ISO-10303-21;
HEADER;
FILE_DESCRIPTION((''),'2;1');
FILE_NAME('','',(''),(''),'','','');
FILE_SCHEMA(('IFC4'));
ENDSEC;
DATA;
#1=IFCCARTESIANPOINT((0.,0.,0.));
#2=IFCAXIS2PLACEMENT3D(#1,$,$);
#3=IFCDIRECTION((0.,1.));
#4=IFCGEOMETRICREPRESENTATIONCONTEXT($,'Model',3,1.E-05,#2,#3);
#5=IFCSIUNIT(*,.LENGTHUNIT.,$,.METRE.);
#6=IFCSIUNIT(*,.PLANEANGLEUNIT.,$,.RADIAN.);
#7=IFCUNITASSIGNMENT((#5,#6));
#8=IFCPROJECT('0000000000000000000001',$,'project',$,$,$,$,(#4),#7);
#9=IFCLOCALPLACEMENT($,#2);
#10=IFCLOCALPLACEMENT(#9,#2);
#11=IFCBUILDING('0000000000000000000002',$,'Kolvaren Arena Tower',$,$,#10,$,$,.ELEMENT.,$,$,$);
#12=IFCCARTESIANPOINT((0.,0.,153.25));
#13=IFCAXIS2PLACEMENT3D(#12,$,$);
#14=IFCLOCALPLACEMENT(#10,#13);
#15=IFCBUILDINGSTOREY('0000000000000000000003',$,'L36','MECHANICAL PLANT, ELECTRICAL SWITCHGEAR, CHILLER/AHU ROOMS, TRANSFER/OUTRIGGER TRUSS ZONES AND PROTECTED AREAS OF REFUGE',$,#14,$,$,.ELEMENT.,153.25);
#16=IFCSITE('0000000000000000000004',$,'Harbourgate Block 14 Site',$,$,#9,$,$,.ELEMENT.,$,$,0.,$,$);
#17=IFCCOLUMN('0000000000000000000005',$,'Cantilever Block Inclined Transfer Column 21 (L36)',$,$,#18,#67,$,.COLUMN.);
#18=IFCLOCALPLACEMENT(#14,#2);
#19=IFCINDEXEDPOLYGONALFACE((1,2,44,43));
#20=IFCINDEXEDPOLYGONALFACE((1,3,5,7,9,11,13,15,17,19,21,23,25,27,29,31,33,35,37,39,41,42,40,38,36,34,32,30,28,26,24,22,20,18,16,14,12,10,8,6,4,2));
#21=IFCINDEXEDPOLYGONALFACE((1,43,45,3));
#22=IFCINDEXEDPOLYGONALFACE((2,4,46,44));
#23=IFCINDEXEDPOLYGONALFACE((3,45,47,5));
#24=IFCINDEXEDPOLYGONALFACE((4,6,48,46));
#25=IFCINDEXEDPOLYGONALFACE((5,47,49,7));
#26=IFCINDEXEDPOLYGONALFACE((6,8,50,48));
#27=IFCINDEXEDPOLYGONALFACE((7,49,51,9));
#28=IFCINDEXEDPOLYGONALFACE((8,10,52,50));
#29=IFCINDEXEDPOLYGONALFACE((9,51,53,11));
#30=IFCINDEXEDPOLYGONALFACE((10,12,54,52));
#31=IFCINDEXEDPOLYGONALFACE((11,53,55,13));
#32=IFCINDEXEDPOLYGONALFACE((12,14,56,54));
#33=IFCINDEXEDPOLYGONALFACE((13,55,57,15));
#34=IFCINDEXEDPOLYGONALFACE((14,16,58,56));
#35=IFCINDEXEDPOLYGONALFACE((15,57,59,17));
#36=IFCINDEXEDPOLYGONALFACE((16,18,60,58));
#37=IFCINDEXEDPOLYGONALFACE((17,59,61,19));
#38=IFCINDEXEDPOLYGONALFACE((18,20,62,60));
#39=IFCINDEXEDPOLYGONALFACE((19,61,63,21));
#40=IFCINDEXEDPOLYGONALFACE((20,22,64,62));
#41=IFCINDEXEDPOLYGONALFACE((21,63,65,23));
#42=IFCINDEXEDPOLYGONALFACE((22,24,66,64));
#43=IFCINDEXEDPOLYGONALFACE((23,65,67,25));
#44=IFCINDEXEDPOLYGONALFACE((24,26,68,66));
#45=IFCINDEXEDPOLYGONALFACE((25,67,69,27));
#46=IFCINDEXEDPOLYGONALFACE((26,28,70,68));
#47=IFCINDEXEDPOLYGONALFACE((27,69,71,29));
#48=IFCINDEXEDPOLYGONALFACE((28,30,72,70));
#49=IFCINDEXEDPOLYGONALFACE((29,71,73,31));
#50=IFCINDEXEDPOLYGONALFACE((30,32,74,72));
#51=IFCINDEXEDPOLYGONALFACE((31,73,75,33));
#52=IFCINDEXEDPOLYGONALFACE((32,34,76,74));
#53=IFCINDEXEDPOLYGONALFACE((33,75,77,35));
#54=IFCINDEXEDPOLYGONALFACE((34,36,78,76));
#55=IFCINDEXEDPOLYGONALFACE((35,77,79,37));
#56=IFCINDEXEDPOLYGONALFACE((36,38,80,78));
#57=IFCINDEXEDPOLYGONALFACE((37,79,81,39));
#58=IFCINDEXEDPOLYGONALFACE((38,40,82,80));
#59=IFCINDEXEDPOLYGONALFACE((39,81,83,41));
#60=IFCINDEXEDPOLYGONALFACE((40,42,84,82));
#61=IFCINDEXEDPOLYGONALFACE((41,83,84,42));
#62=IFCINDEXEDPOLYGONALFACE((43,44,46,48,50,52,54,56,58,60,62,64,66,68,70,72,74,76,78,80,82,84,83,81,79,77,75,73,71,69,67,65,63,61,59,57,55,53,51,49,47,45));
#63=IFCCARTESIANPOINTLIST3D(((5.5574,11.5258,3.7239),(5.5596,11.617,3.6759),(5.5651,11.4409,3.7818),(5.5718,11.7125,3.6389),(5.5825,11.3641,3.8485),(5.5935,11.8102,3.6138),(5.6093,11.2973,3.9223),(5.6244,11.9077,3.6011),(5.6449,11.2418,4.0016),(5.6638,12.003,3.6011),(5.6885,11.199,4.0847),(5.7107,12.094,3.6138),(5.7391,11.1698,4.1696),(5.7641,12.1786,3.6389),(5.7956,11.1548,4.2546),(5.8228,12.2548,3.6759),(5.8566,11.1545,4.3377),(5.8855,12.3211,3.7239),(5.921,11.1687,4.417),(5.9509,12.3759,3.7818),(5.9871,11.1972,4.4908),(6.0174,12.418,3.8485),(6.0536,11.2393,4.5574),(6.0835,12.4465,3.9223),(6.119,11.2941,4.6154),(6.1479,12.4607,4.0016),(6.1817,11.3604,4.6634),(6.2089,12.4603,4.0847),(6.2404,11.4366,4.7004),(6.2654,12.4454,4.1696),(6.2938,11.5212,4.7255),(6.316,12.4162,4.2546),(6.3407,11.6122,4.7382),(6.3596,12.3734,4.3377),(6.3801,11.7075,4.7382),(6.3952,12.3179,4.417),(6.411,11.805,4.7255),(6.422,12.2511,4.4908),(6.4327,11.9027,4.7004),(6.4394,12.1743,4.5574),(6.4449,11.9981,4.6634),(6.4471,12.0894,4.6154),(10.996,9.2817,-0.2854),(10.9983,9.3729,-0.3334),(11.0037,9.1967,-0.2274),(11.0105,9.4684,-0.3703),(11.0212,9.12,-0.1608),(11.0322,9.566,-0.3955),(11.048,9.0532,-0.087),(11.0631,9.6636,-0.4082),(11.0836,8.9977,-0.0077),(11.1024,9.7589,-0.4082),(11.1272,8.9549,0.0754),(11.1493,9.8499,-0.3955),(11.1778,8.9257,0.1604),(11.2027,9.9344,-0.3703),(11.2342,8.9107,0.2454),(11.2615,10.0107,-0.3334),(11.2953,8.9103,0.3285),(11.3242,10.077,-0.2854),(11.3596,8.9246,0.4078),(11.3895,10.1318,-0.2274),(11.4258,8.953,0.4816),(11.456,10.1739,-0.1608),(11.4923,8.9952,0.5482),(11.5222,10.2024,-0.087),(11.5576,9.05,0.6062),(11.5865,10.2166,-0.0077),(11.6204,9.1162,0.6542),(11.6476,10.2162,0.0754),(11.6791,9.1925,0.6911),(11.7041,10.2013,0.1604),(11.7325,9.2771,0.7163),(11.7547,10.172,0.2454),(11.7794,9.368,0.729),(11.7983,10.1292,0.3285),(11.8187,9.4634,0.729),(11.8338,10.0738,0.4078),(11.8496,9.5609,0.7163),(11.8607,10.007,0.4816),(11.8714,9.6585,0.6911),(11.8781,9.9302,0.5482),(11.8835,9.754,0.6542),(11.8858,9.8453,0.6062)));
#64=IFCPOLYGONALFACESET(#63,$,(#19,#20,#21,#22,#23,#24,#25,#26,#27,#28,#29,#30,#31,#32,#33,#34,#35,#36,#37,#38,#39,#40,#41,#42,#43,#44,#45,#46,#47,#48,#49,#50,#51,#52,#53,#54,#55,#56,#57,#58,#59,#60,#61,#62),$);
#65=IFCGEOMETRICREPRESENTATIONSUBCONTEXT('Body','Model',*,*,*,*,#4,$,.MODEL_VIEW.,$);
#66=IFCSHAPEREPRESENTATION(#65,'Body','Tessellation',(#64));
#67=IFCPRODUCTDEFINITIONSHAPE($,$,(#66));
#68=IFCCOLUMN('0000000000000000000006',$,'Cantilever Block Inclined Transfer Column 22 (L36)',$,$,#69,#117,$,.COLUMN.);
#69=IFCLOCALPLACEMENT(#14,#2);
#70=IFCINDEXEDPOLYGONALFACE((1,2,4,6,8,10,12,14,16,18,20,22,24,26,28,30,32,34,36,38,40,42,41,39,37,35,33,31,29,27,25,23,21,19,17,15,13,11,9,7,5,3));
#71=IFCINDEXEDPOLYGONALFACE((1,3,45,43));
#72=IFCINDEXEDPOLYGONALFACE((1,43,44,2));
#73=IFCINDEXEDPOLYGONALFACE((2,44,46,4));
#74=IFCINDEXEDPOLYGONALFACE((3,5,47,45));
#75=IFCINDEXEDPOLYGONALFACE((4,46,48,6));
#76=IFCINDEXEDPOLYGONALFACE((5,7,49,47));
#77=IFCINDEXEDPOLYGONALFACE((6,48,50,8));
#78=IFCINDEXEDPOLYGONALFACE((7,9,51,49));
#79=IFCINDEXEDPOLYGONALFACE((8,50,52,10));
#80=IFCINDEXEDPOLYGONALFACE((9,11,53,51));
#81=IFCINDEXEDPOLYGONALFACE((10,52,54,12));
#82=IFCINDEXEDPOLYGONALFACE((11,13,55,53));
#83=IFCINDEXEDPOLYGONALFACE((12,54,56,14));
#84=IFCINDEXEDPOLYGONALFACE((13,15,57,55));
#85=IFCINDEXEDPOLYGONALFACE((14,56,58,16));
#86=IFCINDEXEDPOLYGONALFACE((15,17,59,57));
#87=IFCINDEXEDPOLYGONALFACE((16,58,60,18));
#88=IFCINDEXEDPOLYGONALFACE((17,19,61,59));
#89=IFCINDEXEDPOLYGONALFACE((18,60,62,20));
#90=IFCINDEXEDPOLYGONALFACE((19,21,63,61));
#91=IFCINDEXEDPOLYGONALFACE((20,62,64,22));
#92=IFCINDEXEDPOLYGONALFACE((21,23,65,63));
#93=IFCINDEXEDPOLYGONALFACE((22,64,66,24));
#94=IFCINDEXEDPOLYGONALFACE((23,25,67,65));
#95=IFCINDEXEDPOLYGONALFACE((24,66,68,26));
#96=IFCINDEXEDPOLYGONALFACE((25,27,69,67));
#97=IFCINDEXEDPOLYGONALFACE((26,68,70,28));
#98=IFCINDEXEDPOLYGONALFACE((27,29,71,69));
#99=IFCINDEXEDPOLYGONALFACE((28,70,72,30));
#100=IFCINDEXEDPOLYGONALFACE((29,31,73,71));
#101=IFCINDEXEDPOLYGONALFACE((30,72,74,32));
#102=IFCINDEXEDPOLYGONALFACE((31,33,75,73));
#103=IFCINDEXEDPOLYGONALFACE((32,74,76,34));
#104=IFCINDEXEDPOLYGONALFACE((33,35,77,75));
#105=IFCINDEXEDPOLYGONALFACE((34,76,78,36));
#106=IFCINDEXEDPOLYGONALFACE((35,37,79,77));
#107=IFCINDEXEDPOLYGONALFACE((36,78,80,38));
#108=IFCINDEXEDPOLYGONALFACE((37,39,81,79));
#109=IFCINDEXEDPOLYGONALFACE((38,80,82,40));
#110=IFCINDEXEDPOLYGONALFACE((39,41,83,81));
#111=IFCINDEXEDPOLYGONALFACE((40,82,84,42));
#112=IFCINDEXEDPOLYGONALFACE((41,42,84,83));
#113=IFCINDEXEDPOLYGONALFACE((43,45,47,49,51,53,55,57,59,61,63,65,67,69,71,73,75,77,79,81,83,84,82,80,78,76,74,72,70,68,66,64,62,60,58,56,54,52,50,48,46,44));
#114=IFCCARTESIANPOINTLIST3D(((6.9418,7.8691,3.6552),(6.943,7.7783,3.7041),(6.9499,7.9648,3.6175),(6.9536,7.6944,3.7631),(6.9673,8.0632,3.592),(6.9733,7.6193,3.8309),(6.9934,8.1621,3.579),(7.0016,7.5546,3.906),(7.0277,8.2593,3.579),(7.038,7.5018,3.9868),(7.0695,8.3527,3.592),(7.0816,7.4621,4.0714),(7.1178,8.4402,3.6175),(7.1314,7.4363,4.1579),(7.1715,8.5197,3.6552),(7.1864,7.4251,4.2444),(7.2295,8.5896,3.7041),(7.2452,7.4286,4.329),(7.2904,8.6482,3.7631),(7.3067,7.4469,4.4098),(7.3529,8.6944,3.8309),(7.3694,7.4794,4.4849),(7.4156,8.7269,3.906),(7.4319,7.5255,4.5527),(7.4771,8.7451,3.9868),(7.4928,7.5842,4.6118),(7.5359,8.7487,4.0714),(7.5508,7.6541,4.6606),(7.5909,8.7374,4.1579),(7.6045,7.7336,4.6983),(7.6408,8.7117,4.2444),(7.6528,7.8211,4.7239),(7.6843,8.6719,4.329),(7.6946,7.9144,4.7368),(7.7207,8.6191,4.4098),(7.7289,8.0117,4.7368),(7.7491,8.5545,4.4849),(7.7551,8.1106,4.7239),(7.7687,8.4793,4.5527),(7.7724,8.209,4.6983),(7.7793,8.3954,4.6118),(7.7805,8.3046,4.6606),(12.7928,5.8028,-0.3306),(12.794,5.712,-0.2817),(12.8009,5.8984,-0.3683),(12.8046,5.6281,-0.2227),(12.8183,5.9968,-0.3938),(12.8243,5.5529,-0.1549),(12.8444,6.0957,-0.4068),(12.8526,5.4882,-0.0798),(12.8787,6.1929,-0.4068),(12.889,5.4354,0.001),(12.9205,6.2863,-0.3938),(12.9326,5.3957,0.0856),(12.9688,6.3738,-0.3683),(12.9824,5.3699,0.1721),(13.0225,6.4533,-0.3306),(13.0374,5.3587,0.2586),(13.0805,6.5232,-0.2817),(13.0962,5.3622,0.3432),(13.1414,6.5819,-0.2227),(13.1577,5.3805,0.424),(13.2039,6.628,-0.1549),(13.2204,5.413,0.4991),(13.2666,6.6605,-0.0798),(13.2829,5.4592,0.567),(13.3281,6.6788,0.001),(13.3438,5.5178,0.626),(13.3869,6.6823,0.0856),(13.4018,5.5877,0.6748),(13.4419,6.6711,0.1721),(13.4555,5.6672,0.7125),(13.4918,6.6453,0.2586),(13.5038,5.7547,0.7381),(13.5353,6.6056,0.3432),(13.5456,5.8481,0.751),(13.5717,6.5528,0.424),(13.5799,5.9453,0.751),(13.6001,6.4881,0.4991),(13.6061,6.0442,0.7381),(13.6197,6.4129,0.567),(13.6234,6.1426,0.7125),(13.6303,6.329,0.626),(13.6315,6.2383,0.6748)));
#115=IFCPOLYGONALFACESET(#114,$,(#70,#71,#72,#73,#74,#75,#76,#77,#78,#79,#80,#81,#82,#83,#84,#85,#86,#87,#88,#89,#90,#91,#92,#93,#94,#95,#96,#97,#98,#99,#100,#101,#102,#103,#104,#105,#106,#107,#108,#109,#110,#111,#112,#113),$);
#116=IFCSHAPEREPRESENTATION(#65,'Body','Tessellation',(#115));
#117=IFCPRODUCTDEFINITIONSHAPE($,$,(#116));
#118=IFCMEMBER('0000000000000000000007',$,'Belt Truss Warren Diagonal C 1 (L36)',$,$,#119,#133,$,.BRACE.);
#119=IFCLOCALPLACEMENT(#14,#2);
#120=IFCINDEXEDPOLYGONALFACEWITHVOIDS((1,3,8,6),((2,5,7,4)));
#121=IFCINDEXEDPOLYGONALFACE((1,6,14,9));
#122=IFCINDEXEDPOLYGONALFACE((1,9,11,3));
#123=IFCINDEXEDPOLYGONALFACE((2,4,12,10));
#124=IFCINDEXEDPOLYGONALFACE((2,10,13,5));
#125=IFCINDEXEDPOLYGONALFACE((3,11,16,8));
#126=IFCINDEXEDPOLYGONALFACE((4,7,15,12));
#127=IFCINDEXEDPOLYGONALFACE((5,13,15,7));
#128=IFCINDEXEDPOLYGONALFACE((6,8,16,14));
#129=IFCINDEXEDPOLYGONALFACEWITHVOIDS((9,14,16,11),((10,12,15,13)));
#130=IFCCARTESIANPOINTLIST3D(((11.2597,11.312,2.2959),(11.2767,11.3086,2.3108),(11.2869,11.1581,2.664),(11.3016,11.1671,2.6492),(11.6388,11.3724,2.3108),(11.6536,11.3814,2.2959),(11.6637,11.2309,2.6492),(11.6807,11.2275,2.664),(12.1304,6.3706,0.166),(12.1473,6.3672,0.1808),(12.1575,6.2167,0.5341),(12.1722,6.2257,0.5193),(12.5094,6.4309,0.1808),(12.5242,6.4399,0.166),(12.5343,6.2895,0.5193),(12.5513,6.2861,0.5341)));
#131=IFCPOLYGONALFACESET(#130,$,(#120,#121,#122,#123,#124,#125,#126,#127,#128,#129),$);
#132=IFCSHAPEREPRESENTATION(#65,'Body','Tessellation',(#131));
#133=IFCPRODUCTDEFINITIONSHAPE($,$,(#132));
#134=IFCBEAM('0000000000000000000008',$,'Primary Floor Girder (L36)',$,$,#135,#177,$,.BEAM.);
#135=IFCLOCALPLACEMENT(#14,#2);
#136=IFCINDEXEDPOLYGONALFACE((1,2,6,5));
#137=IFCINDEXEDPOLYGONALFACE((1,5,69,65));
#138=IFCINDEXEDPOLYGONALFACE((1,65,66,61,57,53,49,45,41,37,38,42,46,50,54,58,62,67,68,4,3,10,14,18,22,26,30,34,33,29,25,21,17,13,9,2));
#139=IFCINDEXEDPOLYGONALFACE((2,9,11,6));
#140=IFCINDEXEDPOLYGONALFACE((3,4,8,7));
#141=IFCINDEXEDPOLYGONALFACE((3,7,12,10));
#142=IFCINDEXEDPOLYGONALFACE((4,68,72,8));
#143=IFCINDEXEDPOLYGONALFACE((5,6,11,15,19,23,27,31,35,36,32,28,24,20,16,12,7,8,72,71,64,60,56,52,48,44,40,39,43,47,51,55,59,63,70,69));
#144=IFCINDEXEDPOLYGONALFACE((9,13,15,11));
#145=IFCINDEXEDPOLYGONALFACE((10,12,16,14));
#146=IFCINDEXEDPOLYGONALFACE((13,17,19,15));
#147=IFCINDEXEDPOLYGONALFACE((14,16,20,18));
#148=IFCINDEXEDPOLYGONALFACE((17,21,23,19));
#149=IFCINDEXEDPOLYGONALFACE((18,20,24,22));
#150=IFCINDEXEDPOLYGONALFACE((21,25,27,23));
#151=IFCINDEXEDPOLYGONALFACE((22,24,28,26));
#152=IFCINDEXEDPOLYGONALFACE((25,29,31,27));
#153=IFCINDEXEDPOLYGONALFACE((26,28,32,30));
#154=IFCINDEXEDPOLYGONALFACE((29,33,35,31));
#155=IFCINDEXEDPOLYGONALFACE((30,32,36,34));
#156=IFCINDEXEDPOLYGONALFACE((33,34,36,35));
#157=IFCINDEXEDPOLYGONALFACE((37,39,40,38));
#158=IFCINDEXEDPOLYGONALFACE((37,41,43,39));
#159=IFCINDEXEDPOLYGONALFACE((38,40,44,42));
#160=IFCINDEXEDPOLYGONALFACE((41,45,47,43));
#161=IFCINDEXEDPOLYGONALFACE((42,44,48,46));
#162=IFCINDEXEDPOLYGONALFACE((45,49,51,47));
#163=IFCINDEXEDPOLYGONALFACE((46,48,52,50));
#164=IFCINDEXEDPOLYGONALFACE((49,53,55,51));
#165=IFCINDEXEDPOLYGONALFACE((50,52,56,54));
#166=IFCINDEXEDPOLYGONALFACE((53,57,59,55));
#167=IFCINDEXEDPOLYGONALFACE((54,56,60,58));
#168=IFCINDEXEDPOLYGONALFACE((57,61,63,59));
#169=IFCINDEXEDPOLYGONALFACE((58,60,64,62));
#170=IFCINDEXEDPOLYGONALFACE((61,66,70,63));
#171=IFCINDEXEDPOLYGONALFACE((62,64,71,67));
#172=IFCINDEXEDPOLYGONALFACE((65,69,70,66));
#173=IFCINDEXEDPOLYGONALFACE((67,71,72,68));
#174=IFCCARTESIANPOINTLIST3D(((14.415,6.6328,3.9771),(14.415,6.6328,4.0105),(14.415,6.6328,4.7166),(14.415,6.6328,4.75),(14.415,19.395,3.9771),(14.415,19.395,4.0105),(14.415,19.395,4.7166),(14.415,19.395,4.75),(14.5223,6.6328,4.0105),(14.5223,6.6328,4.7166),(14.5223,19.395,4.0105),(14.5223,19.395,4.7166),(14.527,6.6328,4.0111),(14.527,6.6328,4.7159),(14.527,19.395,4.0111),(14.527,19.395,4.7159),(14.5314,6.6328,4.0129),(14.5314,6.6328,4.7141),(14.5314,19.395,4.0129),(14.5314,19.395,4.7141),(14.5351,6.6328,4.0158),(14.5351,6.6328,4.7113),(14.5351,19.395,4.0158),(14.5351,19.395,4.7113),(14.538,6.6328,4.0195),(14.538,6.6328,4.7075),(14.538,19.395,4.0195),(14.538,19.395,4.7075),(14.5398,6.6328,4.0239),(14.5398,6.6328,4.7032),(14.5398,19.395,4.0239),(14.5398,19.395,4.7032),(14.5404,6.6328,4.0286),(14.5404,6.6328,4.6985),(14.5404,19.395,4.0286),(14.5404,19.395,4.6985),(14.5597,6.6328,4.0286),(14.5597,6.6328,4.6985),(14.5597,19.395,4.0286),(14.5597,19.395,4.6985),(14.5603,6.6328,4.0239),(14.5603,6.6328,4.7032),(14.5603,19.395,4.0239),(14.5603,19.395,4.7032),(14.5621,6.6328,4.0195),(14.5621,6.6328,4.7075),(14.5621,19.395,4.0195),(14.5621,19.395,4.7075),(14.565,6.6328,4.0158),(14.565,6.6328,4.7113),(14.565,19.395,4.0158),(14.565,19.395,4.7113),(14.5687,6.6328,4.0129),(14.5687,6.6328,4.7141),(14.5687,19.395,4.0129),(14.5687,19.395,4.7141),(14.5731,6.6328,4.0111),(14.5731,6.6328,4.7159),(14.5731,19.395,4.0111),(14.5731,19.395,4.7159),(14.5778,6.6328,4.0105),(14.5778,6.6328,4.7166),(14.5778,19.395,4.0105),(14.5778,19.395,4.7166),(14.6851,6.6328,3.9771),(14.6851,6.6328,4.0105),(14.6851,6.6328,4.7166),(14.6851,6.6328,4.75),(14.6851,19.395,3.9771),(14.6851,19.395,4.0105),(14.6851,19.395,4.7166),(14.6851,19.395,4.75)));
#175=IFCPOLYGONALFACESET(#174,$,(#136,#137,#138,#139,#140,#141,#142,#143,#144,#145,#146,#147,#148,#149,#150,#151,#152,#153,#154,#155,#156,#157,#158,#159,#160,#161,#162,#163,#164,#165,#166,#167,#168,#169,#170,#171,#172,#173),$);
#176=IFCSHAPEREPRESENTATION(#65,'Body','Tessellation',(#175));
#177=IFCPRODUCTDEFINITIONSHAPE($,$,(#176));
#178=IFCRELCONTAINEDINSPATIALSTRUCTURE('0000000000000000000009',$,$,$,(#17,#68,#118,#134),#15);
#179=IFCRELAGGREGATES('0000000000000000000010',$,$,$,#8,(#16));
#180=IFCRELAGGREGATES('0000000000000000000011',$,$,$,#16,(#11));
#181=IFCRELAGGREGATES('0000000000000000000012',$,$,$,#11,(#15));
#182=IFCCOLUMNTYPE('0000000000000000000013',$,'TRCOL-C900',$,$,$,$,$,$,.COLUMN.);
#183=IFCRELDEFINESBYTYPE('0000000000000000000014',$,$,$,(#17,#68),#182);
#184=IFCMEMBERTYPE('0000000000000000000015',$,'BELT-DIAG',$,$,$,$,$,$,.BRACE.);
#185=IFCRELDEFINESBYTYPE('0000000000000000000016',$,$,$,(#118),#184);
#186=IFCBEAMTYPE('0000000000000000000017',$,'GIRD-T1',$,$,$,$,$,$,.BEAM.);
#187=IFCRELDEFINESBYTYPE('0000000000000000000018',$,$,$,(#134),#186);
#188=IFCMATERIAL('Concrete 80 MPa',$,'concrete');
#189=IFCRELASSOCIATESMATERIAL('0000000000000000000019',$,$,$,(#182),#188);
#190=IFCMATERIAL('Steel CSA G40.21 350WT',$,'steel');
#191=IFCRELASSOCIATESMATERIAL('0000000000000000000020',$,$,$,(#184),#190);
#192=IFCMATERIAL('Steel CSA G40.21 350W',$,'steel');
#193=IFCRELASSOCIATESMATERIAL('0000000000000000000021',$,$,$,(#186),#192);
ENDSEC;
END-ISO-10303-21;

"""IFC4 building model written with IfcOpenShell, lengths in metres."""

from ifc_helpers import new_model, si_unit, direction, frame, origin, origin_2d, place, context, subcontext, project, spatial, hollow_rectangle, circle, i_section, extrude, material, material_profile, profile_set, type_object, element, save


model = new_model("IFC4")

# Units and contexts
model_context = context("Model", 3, precision=1e-05, world=origin(), true_north=direction((0.0, 1.0)))
body_context = subcontext(model_context, "Body", "Model", "MODEL_VIEW")
ifc_project = project(units=[si_unit("LENGTHUNIT", "METRE"), si_unit("PLANEANGLEUNIT", "RADIAN")], contexts=[model_context])

# Site, building, storey
site_placement = place(None, origin())
site = spatial("IfcSite", under=ifc_project, at=site_placement, Name="Harbourgate Block 14 Site", CompositionType="ELEMENT", RefElevation=0.0)
building_placement = place(site_placement, origin())
building = spatial("IfcBuilding", under=site, at=building_placement, Name="Kolvaren Arena Tower", CompositionType="ELEMENT")
storey_placement = place(building_placement, frame((0.0, 0.0, 153.25)))
storey = spatial("IfcBuildingStorey", under=building, at=storey_placement, Name="L36", Description="MECHANICAL PLANT, ELECTRICAL SWITCHGEAR, CHILLER/AHU ROOMS, TRANSFER/OUTRIGGER TRUSS ZONES AND PROTECTED AREAS OF REFUGE", CompositionType="ELEMENT", Elevation=153.25)

# Columns
ifc_material_1 = material(Name="Concrete 80 MPa", Category="concrete")
ifc_material_profile_1 = material_profile(ifc_material_1, circle(Radius=0.6899, at=origin_2d()), Name="RC-CIRC-1380")
ifc_profile_set_1 = profile_set([ifc_material_profile_1], Name="Concrete 80 MPa")
column_type = type_object("IfcColumnType", Name="TRCOL-C900", PredefinedType="COLUMN", material=ifc_profile_set_1)
column_1_placement = place(storey_placement, frame((11.4409, 9.5635, 0.1604), z_axis=(-0.763897, 0.315201, 0.563124), x_axis=(-0.381428, -0.924399, 0.0)))
element("IfcColumn", 1, at=column_1_placement, inside=storey, type_object=column_type, Name="Cantilever Block Inclined Transfer Column 21 (L36)", PredefinedType="COLUMN", context=body_context, shape_type="SweptSolid", body=[
    extrude(circle(Radius=0.6899, at=origin_2d()), origin(), (0.0, 0.0, 1.0), 7.1196),
])
column_2_placement = place(storey_placement, frame((13.2122, 6.0205, 0.1721), z_axis=(-0.793356, 0.280187, 0.540446), x_axis=(-0.333009, -0.942923, 0.0)))
element("IfcColumn", 2, at=column_2_placement, inside=storey, type_object=column_type, Name="Cantilever Block Inclined Transfer Column 22 (L36)", PredefinedType="COLUMN", context=body_context, shape_type="SweptSolid", body=[
    extrude(circle(Radius=0.6899, at=origin_2d()), origin(), (0.0, 0.0, 1.0), 7.375),
])

# Member
ifc_material_2 = material(Name="Steel CSA G40.21 350WT", Category="steel")
ifc_material_profile_2 = material_profile(ifc_material_2, hollow_rectangle(XDim=0.3999, YDim=0.3999, WallThickness=0.0161, at=origin_2d()), Name="HSS 400x400x16")
ifc_profile_set_2 = profile_set([ifc_material_profile_2], Name="Steel CSA G40.21 350WT")
member_type = type_object("IfcMemberType", Name="BELT-DIAG", PredefinedType="BRACE", material=ifc_profile_set_2)
member_placement = place(storey_placement, frame((11.4702, 11.2698, 2.48), z_axis=(0.159719, -0.906537, -0.390743), x_axis=(0.984832, 0.173513, 0.0)))
element("IfcMember", 3, at=member_placement, inside=storey, type_object=member_type, Name="Belt Truss Warren Diagonal C 1 (L36)", PredefinedType="BRACE", context=body_context, shape_type="SweptSolid", body=[
    extrude(hollow_rectangle(XDim=0.3999, YDim=0.3999, WallThickness=0.0161, at=origin_2d()), origin(), (0.0, 0.0, 1.0), 5.4509),
])

# Beam
ifc_material_3 = material(Name="Steel CSA G40.21 350W", Category="steel")
ifc_material_profile_3 = material_profile(ifc_material_3, i_section(OverallWidth=0.27, OverallDepth=0.7729, WebThickness=0.0193, FlangeThickness=0.0334, FilletRadius=0.0181, at=origin_2d()), Name="W760x257")
ifc_profile_set_3 = profile_set([ifc_material_profile_3], Name="Steel CSA G40.21 350W")
beam_type_1 = type_object("IfcBeamType", Name="GIRD-T1", PredefinedType="BEAM", material=ifc_profile_set_3)
beam_1_placement = place(storey_placement, frame((14.55, 6.6328, 4.3635), z_axis=(0.0, 1.0, 0.0), x_axis=(-1.0, 0.0, 0.0)))
element("IfcBeam", 4, at=beam_1_placement, inside=storey, type_object=beam_type_1, Name="Primary Floor Girder (L36)", PredefinedType="BEAM", context=body_context, shape_type="SweptSolid", body=[
    extrude(i_section(OverallWidth=0.27, OverallDepth=0.7729, WebThickness=0.0193, FlangeThickness=0.0334, FilletRadius=0.0181, at=origin_2d()), origin(), (0.0, 0.0, 1.0), 12.7622),
])

save(model, "model.ifc")
